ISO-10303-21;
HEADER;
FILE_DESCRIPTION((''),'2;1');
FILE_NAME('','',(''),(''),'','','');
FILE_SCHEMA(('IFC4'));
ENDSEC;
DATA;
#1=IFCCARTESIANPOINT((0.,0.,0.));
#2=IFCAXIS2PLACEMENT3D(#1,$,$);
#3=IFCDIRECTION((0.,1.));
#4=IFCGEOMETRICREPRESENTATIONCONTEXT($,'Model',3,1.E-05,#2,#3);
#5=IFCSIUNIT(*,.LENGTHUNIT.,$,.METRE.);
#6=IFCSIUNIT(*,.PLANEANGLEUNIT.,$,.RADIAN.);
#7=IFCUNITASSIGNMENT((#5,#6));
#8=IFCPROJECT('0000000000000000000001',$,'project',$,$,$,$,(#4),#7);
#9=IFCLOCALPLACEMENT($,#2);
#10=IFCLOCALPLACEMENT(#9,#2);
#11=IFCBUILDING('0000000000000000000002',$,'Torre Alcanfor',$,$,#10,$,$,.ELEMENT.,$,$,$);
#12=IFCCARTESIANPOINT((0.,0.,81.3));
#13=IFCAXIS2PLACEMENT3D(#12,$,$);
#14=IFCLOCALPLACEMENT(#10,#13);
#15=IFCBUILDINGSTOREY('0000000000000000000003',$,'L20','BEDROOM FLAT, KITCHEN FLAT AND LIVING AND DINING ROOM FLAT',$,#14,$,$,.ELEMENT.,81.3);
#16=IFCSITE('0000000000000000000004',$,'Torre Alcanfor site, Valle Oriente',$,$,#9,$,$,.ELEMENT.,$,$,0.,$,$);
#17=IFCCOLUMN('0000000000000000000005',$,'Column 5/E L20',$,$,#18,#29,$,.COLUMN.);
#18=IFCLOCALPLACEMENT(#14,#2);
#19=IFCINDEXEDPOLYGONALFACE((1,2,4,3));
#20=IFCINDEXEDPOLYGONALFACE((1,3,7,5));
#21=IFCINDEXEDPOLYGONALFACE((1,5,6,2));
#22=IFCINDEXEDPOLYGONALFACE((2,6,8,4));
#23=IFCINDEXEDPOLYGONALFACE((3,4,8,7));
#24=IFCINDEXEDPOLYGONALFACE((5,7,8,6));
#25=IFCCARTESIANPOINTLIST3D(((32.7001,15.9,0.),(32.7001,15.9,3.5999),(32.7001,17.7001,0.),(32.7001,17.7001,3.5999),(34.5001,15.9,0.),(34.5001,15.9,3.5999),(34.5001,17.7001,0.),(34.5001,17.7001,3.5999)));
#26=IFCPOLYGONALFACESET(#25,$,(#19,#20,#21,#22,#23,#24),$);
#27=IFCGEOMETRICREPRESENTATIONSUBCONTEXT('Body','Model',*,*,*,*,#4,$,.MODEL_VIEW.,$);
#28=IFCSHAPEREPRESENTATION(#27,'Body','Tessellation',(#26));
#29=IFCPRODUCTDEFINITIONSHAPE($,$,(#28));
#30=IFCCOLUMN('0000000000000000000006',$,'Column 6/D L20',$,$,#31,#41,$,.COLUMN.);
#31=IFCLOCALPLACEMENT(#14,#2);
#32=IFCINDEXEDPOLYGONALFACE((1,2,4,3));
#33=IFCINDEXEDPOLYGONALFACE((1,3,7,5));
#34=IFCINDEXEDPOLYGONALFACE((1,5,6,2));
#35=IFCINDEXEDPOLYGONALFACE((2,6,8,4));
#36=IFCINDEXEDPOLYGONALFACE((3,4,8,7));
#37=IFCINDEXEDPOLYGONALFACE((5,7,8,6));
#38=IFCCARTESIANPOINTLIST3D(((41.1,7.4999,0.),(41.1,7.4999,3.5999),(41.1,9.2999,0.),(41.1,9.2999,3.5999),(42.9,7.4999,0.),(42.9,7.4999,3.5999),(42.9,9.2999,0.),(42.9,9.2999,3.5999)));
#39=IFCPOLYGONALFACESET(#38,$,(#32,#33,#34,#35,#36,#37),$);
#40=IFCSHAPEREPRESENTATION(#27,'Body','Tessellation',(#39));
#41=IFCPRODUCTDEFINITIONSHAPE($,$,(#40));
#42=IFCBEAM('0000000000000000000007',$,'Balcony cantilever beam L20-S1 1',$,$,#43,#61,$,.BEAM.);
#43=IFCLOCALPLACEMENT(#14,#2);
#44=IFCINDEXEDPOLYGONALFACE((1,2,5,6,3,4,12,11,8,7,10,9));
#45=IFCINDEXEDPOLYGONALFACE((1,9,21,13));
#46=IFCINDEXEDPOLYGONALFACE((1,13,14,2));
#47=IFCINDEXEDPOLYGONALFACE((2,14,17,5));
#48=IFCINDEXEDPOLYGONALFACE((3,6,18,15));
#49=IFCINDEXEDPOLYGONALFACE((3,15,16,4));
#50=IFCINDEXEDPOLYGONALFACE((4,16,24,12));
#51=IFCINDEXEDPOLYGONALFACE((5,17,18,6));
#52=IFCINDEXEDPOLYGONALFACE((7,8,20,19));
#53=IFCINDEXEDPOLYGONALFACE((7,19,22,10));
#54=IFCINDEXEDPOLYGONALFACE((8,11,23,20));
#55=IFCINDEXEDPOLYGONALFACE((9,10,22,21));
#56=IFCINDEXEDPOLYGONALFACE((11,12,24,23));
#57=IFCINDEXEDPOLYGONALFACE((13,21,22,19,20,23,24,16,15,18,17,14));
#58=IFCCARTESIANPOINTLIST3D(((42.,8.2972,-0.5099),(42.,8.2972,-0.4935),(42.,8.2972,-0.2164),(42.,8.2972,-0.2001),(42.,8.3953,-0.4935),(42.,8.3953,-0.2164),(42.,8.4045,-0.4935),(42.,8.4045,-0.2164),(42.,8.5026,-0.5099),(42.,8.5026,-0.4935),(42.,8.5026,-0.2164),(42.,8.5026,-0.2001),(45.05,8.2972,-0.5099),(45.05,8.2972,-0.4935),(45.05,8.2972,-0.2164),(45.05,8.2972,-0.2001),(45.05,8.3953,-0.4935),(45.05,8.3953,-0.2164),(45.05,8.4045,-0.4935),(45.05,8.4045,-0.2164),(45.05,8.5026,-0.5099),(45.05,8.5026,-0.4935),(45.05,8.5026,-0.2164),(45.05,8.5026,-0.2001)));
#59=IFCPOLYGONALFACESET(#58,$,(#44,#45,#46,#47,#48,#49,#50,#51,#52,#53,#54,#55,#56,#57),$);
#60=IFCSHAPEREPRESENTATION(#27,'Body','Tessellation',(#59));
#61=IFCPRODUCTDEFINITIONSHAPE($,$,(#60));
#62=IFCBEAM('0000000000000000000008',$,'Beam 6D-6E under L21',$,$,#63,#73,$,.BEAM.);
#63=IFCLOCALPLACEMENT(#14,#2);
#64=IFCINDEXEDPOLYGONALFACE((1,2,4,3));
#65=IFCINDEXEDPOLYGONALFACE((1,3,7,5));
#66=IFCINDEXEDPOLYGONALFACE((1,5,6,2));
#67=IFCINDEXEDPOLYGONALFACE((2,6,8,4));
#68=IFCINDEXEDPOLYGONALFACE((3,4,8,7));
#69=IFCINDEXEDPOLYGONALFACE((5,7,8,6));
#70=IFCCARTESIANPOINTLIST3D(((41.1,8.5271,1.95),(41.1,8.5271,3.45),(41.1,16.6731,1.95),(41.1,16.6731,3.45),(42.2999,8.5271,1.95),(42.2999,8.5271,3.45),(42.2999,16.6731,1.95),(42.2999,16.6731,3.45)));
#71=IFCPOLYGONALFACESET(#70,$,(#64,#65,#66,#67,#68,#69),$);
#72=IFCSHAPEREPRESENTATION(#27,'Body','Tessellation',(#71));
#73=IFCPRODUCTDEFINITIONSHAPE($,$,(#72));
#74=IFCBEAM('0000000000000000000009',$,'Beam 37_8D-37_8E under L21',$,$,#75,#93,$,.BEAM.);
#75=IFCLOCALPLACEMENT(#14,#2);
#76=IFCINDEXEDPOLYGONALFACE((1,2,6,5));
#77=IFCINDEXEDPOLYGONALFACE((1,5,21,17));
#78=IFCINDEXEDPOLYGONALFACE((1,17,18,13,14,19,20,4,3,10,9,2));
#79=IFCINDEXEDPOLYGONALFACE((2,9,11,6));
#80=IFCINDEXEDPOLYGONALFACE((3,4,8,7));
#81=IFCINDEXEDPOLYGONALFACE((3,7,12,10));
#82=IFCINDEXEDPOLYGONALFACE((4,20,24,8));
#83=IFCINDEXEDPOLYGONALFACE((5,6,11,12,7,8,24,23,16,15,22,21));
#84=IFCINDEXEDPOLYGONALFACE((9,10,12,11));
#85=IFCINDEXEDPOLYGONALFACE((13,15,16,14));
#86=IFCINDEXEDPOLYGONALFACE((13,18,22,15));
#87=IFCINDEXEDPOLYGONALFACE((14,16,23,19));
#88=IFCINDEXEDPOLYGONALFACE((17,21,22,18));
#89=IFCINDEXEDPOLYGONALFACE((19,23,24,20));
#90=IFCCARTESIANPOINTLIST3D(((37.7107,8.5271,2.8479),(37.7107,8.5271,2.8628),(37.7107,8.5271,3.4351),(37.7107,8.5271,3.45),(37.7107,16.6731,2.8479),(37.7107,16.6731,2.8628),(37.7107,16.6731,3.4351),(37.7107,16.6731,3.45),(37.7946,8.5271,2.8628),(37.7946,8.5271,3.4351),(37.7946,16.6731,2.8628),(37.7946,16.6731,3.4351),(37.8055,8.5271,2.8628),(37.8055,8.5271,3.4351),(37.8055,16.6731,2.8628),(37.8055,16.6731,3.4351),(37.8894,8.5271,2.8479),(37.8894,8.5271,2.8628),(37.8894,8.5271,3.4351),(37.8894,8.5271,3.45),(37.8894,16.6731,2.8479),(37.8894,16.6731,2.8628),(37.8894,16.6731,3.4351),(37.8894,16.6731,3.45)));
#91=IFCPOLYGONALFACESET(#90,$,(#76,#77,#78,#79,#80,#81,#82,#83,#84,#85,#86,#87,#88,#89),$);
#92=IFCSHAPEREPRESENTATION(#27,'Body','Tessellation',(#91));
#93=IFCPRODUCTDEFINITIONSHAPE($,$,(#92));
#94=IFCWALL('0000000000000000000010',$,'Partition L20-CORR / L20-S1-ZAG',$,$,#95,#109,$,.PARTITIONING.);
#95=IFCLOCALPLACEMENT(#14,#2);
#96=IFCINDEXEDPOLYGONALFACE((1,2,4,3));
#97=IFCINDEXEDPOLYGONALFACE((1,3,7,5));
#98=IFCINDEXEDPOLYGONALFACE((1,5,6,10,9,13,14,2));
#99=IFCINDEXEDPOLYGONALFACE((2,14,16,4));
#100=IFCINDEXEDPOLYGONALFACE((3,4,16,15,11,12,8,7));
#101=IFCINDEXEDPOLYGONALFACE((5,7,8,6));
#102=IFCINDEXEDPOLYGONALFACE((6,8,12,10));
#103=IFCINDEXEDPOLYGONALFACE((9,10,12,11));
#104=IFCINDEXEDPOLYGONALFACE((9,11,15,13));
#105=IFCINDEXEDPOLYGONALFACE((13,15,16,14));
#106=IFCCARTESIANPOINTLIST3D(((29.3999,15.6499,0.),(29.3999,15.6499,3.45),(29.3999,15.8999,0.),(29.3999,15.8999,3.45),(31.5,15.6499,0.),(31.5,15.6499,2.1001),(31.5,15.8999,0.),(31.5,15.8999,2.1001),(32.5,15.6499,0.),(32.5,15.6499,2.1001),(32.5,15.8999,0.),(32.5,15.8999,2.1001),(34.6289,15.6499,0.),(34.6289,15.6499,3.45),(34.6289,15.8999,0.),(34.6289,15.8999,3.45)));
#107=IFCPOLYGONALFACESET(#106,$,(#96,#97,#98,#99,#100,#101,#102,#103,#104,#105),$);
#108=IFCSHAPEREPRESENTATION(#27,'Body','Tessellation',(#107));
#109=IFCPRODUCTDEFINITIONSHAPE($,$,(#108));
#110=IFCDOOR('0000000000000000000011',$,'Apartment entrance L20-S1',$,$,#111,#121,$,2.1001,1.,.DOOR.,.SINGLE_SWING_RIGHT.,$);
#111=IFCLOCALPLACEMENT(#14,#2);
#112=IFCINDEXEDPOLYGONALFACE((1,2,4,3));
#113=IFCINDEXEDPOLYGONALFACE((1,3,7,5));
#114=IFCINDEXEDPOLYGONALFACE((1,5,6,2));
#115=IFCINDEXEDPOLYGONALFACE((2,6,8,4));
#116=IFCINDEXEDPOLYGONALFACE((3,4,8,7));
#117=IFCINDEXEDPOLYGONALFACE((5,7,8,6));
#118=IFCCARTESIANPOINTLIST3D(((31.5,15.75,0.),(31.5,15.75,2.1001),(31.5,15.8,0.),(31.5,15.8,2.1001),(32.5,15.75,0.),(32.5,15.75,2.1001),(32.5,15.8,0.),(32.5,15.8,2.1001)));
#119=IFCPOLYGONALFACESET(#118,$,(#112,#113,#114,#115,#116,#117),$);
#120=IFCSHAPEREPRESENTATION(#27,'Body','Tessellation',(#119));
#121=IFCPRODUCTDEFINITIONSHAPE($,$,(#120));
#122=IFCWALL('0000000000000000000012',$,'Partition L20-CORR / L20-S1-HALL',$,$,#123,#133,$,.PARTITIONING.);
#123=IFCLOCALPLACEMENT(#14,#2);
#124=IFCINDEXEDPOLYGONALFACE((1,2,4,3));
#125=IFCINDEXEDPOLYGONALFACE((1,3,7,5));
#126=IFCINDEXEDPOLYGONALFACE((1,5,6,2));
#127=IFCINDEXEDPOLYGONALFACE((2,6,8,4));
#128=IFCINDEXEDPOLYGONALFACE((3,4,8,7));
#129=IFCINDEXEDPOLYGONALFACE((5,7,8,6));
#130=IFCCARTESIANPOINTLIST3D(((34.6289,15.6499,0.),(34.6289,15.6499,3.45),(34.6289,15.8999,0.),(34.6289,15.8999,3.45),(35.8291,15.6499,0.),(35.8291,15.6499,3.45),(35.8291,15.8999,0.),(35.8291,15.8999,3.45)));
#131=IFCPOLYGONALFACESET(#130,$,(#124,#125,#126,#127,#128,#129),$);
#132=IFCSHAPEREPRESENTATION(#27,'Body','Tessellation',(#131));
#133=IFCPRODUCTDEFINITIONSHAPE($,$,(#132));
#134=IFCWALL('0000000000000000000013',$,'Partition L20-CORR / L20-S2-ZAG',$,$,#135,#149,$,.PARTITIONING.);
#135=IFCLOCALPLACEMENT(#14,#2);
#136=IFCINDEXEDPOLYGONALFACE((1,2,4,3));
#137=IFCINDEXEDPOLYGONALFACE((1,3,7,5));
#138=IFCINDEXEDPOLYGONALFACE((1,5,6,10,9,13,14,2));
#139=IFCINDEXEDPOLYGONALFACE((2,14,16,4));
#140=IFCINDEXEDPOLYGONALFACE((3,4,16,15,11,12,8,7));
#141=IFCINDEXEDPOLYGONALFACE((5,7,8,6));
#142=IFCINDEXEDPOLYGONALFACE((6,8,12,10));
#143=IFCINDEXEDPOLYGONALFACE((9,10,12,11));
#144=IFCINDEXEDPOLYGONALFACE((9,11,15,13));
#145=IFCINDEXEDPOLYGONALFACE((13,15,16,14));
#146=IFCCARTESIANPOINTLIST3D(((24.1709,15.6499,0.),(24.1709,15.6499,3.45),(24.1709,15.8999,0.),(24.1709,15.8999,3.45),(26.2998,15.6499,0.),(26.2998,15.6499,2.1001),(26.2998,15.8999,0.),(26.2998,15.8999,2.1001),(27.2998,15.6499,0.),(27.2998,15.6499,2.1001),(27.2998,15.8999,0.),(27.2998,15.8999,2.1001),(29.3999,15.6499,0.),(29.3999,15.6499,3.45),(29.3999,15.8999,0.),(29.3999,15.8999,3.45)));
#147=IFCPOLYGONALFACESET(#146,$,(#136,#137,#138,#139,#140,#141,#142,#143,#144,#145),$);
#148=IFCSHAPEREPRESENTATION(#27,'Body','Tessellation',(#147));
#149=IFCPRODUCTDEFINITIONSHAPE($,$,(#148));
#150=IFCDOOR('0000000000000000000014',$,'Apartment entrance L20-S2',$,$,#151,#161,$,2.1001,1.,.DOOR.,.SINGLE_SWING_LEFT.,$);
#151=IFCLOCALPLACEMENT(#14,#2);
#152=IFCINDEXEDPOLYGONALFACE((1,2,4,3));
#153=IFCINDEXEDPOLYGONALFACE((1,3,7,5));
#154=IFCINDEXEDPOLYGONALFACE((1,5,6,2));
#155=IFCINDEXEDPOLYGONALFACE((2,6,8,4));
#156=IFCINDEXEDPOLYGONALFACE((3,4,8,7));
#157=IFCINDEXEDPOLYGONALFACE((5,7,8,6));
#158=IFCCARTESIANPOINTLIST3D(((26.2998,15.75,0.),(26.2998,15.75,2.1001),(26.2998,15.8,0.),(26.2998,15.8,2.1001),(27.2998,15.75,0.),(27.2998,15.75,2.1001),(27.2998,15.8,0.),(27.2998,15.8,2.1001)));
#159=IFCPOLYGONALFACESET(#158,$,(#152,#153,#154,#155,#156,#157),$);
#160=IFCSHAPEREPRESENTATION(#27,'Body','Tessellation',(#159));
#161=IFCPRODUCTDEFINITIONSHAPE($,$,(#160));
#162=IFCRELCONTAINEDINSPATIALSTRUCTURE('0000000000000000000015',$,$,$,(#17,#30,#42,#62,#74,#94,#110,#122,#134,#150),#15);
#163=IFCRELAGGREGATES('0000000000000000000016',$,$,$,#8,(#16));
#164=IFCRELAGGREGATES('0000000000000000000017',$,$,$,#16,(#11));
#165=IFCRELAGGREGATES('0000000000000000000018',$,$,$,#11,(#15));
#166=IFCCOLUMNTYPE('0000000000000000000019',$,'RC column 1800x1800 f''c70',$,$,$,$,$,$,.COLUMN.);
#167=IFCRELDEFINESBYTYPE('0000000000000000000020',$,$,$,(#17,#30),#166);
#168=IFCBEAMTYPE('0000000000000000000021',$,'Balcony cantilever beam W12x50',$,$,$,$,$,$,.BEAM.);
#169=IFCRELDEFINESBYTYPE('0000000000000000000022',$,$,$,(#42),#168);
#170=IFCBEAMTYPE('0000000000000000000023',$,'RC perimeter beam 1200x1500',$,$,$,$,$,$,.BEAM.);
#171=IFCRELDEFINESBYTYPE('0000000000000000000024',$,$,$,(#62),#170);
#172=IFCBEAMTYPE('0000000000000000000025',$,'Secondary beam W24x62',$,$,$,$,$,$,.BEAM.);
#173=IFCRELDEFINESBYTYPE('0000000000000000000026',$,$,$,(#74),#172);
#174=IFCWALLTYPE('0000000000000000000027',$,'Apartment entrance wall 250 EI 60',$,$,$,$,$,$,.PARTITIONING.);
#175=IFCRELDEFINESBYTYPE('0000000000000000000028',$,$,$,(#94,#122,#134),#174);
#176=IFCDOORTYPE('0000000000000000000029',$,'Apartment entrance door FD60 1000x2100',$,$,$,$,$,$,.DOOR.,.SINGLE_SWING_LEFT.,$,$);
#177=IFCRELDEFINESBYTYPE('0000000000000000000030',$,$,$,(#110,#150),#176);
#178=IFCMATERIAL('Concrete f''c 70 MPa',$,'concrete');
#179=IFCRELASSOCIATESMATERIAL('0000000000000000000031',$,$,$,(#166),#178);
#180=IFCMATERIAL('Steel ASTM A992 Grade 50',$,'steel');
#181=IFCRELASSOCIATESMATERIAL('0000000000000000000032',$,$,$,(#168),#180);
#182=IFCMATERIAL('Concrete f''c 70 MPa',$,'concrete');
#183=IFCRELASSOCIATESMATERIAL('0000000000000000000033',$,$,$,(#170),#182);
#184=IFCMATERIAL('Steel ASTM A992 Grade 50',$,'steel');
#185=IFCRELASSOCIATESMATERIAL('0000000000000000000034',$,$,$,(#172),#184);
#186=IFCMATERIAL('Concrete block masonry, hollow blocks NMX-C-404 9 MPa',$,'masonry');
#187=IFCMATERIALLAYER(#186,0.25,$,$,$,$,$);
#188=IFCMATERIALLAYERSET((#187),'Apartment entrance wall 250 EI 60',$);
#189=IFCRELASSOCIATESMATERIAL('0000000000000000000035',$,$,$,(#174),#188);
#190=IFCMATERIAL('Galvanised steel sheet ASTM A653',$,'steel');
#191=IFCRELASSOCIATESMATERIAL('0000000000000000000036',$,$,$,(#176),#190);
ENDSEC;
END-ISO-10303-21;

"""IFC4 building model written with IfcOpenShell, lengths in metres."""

from ifc_helpers import new_model, si_unit, direction, frame, frame_2d, origin, origin_2d, place, context, subcontext, project, spatial, rectangle, i_section, extrude, material, layer, layer_set, material_profile, profile_set, type_object, element, fill, save


model = new_model("IFC4")

# Units and contexts
model_context = context("Model", 3, precision=1e-05, world=origin(), true_north=direction((0.0, 1.0)))
body_context = subcontext(model_context, "Body", "Model", "MODEL_VIEW")
ifc_project = project(units=[si_unit("LENGTHUNIT", "METRE"), si_unit("PLANEANGLEUNIT", "RADIAN")], contexts=[model_context])

# Site, building, storey
site_placement = place(None, origin())
site = spatial("IfcSite", under=ifc_project, at=site_placement, Name="Torre Alcanfor site, Valle Oriente", CompositionType="ELEMENT", RefElevation=0.0)
building_placement = place(site_placement, origin())
building = spatial("IfcBuilding", under=site, at=building_placement, Name="Torre Alcanfor", CompositionType="ELEMENT")
storey_placement = place(building_placement, frame((0.0, 0.0, 81.3)))
storey = spatial("IfcBuildingStorey", under=building, at=storey_placement, Name="L20", Description="BEDROOM FLAT, KITCHEN FLAT AND LIVING AND DINING ROOM FLAT", CompositionType="ELEMENT", Elevation=81.3)

# Columns
ifc_material_1 = material(Name="Concrete f'c 70 MPa", Category="concrete")
ifc_material_profile_1 = material_profile(ifc_material_1, rectangle(XDim=1.8, YDim=1.8, at=origin_2d()), Name="1800x1800")
ifc_profile_set_1 = profile_set([ifc_material_profile_1], Name="Concrete f'c 70 MPa")
column_type = type_object("IfcColumnType", Name="RC column 1800x1800 f'c70", PredefinedType="COLUMN", material=ifc_profile_set_1)
for number, where, z_axis, x_axis, name in (
    (1, (33.6001, 16.8, 0.0), (0.0, 0.0, 1.0), (1.0, 0.0, 0.0), "Column 5/E L20"),
    (2, (42.0, 8.3999, 0.0), (0.0, 0.0, 1.0), (1.0, 0.0, 0.0), "Column 6/D L20"),
):
    element("IfcColumn", number, at=place(storey_placement, frame(where, z_axis=z_axis, x_axis=x_axis)), inside=storey, type_object=column_type, Name=name, PredefinedType="COLUMN", context=body_context, shape_type="SweptSolid", body=[
        extrude(rectangle(XDim=1.8, YDim=1.8, at=origin_2d()), origin(), (0.0, 0.0, 1.0), 3.5999),
    ])

# Beams
ifc_material_2 = material(Name="Steel ASTM A992 Grade 50", Category="steel")
ifc_material_profile_2 = material_profile(ifc_material_2, i_section(OverallWidth=0.2053, OverallDepth=0.3098, WebThickness=0.0093, FlangeThickness=0.0164, at=origin_2d()), Name="W12x50")
ifc_profile_set_2 = profile_set([ifc_material_profile_2], Name="Steel ASTM A992 Grade 50")
beam_type_1 = type_object("IfcBeamType", Name="Balcony cantilever beam W12x50", PredefinedType="BEAM", material=ifc_profile_set_2)
beam_1_placement = place(storey_placement, frame((42.0, 8.3999, -0.355), z_axis=(1.0, 0.0, 0.0), x_axis=(0.0, 1.0, 0.0)))
element("IfcBeam", 3, at=beam_1_placement, inside=storey, type_object=beam_type_1, Name="Balcony cantilever beam L20-S1 1", PredefinedType="BEAM", context=body_context, shape_type="SweptSolid", body=[
    extrude(i_section(OverallWidth=0.2053, OverallDepth=0.3098, WebThickness=0.0093, FlangeThickness=0.0164, at=origin_2d()), origin(), (0.0, 0.0, 1.0), 3.05),
])
ifc_material_3 = material(Name="Concrete f'c 70 MPa", Category="concrete")
ifc_material_profile_3 = material_profile(ifc_material_3, rectangle(XDim=1.2, YDim=1.5, at=origin_2d()), Name="1200x1500")
ifc_profile_set_3 = profile_set([ifc_material_profile_3], Name="Concrete f'c 70 MPa")
beam_type_2 = type_object("IfcBeamType", Name="RC perimeter beam 1200x1500", PredefinedType="BEAM", material=ifc_profile_set_3)
beam_2_placement = place(storey_placement, frame((41.7, 8.5271, 2.7), z_axis=(0.0, 1.0, 0.0), x_axis=(-1.0, 0.0, 0.0)))
element("IfcBeam", 4, at=beam_2_placement, inside=storey, type_object=beam_type_2, Name="Beam 6D-6E under L21", PredefinedType="BEAM", context=body_context, shape_type="SweptSolid", body=[
    extrude(rectangle(XDim=1.2, YDim=1.5, at=origin_2d()), origin(), (0.0, 0.0, 1.0), 8.146),
])
ifc_material_4 = material(Name="Steel ASTM A992 Grade 50", Category="steel")
ifc_material_profile_4 = material_profile(ifc_material_4, i_section(OverallWidth=0.1787, OverallDepth=0.6021, WebThickness=0.011, FlangeThickness=0.0149, at=origin_2d()), Name="W24x62")
ifc_profile_set_4 = profile_set([ifc_material_profile_4], Name="Steel ASTM A992 Grade 50")
beam_type_3 = type_object("IfcBeamType", Name="Secondary beam W24x62", PredefinedType="BEAM", material=ifc_profile_set_4)
beam_3_placement = place(storey_placement, frame((37.8, 8.5271, 3.1489), z_axis=(0.0, 1.0, 0.0), x_axis=(-1.0, 0.0, 0.0)))
element("IfcBeam", 5, at=beam_3_placement, inside=storey, type_object=beam_type_3, Name="Beam 37_8D-37_8E under L21", PredefinedType="BEAM", context=body_context, shape_type="SweptSolid", body=[
    extrude(i_section(OverallWidth=0.1787, OverallDepth=0.6021, WebThickness=0.011, FlangeThickness=0.0149, at=origin_2d()), origin(), (0.0, 0.0, 1.0), 8.146),
])

# Wall, opening, door
ifc_material_5 = material(Name="Concrete block masonry, hollow blocks NMX-C-404 9 MPa", Category="masonry")
ifc_layer_1 = layer(ifc_material_5, 0.25)
ifc_layer_set_1 = layer_set([ifc_layer_1], Name="Apartment entrance wall 250 EI 60")
wall_type_1 = type_object("IfcWallType", Name="Apartment entrance wall 250 EI 60", PredefinedType="PARTITIONING", material=ifc_layer_set_1)
wall_1_placement = place(storey_placement, frame((34.6289, 15.7749, 0.0), z_axis=(0.0, 0.0, 1.0), x_axis=(-1.0, 0.0, 0.0)))
wall_1 = element("IfcWall", 6, at=wall_1_placement, inside=storey, type_object=wall_type_1, Name="Partition L20-CORR / L20-S1-ZAG", PredefinedType="PARTITIONING", context=body_context, shape_type="SweptSolid", body=[
    extrude(rectangle(XDim=5.229, YDim=0.25, at=frame_2d((2.6145, 0.0))), origin(), (0.0, 0.0, 1.0), 3.45),
])
opening_1_placement = place(wall_1_placement, frame((2.1289, 0.0, 0.0)))
opening_1 = element("IfcOpeningElement", 7, at=opening_1_placement, cuts=wall_1, PredefinedType="OPENING", context=body_context, shape_type="SweptSolid", body=[
    extrude(rectangle(XDim=1.0, YDim=2.1001, at=frame_2d((0.5, 1.05))), frame((0.0, 0.135, 0.0), z_axis=(0.0, -1.0, 0.0), x_axis=(1.0, 0.0, 0.0)), (0.0, 0.0, 1.0), 0.27),
])
ifc_material_6 = material(Name="Galvanised steel sheet ASTM A653", Category="steel")
door_type_1 = type_object("IfcDoorType", Name="Apartment entrance door FD60 1000x2100", OperationType="SINGLE_SWING_LEFT", PredefinedType="DOOR", material=ifc_material_6)
door_1_placement = place(opening_1_placement, origin())
door_1 = element("IfcDoor", 8, at=door_1_placement, inside=storey, type_object=door_type_1, Name="Apartment entrance L20-S1", OperationType="SINGLE_SWING_RIGHT", OverallHeight=2.1001, OverallWidth=1.0, PredefinedType="DOOR", context=body_context, shape_type="SweptSolid", body=[
    extrude(rectangle(XDim=1.0, YDim=2.1001, at=frame_2d((0.5, 1.05))), frame((0.0, 0.0249, 0.0), z_axis=(0.0, -1.0, 0.0), x_axis=(1.0, 0.0, 0.0)), (0.0, 0.0, 1.0), 0.05),
])
fill(opening_1, door_1)

# Wall
wall_2_placement = place(storey_placement, frame((35.8291, 15.7749, 0.0), z_axis=(0.0, 0.0, 1.0), x_axis=(-1.0, 0.0, 0.0)))
element("IfcWall", 9, at=wall_2_placement, inside=storey, type_object=wall_type_1, Name="Partition L20-CORR / L20-S1-HALL", PredefinedType="PARTITIONING", context=body_context, shape_type="SweptSolid", body=[
    extrude(rectangle(XDim=1.2002, YDim=0.25, at=frame_2d((0.6001, 0.0))), origin(), (0.0, 0.0, 1.0), 3.45),
])

# Wall, opening, door
wall_3_placement = place(storey_placement, frame((29.3999, 15.7749, 0.0), z_axis=(0.0, 0.0, 1.0), x_axis=(-1.0, 0.0, 0.0)))
wall_3 = element("IfcWall", 10, at=wall_3_placement, inside=storey, type_object=wall_type_1, Name="Partition L20-CORR / L20-S2-ZAG", PredefinedType="PARTITIONING", context=body_context, shape_type="SweptSolid", body=[
    extrude(rectangle(XDim=5.229, YDim=0.25, at=frame_2d((2.6145, 0.0))), origin(), (0.0, 0.0, 1.0), 3.45),
])
opening_2_placement = place(wall_3_placement, frame((2.1001, 0.0, 0.0)))
opening_2 = element("IfcOpeningElement", 11, at=opening_2_placement, cuts=wall_3, PredefinedType="OPENING", context=body_context, shape_type="SweptSolid", body=[
    extrude(rectangle(XDim=1.0, YDim=2.1001, at=frame_2d((0.5, 1.05))), frame((0.0, 0.135, 0.0), z_axis=(0.0, -1.0, 0.0), x_axis=(1.0, 0.0, 0.0)), (0.0, 0.0, 1.0), 0.27),
])
door_2_placement = place(opening_2_placement, origin())
door_2 = element("IfcDoor", 12, at=door_2_placement, inside=storey, type_object=door_type_1, Name="Apartment entrance L20-S2", OperationType="SINGLE_SWING_LEFT", OverallHeight=2.1001, OverallWidth=1.0, PredefinedType="DOOR", context=body_context, shape_type="SweptSolid", body=[
    extrude(rectangle(XDim=1.0, YDim=2.1001, at=frame_2d((0.5, 1.05))), frame((0.0, 0.0249, 0.0), z_axis=(0.0, -1.0, 0.0), x_axis=(1.0, 0.0, 0.0)), (0.0, 0.0, 1.0), 0.05),
])
fill(opening_2, door_2)

save(model, "model.ifc")
